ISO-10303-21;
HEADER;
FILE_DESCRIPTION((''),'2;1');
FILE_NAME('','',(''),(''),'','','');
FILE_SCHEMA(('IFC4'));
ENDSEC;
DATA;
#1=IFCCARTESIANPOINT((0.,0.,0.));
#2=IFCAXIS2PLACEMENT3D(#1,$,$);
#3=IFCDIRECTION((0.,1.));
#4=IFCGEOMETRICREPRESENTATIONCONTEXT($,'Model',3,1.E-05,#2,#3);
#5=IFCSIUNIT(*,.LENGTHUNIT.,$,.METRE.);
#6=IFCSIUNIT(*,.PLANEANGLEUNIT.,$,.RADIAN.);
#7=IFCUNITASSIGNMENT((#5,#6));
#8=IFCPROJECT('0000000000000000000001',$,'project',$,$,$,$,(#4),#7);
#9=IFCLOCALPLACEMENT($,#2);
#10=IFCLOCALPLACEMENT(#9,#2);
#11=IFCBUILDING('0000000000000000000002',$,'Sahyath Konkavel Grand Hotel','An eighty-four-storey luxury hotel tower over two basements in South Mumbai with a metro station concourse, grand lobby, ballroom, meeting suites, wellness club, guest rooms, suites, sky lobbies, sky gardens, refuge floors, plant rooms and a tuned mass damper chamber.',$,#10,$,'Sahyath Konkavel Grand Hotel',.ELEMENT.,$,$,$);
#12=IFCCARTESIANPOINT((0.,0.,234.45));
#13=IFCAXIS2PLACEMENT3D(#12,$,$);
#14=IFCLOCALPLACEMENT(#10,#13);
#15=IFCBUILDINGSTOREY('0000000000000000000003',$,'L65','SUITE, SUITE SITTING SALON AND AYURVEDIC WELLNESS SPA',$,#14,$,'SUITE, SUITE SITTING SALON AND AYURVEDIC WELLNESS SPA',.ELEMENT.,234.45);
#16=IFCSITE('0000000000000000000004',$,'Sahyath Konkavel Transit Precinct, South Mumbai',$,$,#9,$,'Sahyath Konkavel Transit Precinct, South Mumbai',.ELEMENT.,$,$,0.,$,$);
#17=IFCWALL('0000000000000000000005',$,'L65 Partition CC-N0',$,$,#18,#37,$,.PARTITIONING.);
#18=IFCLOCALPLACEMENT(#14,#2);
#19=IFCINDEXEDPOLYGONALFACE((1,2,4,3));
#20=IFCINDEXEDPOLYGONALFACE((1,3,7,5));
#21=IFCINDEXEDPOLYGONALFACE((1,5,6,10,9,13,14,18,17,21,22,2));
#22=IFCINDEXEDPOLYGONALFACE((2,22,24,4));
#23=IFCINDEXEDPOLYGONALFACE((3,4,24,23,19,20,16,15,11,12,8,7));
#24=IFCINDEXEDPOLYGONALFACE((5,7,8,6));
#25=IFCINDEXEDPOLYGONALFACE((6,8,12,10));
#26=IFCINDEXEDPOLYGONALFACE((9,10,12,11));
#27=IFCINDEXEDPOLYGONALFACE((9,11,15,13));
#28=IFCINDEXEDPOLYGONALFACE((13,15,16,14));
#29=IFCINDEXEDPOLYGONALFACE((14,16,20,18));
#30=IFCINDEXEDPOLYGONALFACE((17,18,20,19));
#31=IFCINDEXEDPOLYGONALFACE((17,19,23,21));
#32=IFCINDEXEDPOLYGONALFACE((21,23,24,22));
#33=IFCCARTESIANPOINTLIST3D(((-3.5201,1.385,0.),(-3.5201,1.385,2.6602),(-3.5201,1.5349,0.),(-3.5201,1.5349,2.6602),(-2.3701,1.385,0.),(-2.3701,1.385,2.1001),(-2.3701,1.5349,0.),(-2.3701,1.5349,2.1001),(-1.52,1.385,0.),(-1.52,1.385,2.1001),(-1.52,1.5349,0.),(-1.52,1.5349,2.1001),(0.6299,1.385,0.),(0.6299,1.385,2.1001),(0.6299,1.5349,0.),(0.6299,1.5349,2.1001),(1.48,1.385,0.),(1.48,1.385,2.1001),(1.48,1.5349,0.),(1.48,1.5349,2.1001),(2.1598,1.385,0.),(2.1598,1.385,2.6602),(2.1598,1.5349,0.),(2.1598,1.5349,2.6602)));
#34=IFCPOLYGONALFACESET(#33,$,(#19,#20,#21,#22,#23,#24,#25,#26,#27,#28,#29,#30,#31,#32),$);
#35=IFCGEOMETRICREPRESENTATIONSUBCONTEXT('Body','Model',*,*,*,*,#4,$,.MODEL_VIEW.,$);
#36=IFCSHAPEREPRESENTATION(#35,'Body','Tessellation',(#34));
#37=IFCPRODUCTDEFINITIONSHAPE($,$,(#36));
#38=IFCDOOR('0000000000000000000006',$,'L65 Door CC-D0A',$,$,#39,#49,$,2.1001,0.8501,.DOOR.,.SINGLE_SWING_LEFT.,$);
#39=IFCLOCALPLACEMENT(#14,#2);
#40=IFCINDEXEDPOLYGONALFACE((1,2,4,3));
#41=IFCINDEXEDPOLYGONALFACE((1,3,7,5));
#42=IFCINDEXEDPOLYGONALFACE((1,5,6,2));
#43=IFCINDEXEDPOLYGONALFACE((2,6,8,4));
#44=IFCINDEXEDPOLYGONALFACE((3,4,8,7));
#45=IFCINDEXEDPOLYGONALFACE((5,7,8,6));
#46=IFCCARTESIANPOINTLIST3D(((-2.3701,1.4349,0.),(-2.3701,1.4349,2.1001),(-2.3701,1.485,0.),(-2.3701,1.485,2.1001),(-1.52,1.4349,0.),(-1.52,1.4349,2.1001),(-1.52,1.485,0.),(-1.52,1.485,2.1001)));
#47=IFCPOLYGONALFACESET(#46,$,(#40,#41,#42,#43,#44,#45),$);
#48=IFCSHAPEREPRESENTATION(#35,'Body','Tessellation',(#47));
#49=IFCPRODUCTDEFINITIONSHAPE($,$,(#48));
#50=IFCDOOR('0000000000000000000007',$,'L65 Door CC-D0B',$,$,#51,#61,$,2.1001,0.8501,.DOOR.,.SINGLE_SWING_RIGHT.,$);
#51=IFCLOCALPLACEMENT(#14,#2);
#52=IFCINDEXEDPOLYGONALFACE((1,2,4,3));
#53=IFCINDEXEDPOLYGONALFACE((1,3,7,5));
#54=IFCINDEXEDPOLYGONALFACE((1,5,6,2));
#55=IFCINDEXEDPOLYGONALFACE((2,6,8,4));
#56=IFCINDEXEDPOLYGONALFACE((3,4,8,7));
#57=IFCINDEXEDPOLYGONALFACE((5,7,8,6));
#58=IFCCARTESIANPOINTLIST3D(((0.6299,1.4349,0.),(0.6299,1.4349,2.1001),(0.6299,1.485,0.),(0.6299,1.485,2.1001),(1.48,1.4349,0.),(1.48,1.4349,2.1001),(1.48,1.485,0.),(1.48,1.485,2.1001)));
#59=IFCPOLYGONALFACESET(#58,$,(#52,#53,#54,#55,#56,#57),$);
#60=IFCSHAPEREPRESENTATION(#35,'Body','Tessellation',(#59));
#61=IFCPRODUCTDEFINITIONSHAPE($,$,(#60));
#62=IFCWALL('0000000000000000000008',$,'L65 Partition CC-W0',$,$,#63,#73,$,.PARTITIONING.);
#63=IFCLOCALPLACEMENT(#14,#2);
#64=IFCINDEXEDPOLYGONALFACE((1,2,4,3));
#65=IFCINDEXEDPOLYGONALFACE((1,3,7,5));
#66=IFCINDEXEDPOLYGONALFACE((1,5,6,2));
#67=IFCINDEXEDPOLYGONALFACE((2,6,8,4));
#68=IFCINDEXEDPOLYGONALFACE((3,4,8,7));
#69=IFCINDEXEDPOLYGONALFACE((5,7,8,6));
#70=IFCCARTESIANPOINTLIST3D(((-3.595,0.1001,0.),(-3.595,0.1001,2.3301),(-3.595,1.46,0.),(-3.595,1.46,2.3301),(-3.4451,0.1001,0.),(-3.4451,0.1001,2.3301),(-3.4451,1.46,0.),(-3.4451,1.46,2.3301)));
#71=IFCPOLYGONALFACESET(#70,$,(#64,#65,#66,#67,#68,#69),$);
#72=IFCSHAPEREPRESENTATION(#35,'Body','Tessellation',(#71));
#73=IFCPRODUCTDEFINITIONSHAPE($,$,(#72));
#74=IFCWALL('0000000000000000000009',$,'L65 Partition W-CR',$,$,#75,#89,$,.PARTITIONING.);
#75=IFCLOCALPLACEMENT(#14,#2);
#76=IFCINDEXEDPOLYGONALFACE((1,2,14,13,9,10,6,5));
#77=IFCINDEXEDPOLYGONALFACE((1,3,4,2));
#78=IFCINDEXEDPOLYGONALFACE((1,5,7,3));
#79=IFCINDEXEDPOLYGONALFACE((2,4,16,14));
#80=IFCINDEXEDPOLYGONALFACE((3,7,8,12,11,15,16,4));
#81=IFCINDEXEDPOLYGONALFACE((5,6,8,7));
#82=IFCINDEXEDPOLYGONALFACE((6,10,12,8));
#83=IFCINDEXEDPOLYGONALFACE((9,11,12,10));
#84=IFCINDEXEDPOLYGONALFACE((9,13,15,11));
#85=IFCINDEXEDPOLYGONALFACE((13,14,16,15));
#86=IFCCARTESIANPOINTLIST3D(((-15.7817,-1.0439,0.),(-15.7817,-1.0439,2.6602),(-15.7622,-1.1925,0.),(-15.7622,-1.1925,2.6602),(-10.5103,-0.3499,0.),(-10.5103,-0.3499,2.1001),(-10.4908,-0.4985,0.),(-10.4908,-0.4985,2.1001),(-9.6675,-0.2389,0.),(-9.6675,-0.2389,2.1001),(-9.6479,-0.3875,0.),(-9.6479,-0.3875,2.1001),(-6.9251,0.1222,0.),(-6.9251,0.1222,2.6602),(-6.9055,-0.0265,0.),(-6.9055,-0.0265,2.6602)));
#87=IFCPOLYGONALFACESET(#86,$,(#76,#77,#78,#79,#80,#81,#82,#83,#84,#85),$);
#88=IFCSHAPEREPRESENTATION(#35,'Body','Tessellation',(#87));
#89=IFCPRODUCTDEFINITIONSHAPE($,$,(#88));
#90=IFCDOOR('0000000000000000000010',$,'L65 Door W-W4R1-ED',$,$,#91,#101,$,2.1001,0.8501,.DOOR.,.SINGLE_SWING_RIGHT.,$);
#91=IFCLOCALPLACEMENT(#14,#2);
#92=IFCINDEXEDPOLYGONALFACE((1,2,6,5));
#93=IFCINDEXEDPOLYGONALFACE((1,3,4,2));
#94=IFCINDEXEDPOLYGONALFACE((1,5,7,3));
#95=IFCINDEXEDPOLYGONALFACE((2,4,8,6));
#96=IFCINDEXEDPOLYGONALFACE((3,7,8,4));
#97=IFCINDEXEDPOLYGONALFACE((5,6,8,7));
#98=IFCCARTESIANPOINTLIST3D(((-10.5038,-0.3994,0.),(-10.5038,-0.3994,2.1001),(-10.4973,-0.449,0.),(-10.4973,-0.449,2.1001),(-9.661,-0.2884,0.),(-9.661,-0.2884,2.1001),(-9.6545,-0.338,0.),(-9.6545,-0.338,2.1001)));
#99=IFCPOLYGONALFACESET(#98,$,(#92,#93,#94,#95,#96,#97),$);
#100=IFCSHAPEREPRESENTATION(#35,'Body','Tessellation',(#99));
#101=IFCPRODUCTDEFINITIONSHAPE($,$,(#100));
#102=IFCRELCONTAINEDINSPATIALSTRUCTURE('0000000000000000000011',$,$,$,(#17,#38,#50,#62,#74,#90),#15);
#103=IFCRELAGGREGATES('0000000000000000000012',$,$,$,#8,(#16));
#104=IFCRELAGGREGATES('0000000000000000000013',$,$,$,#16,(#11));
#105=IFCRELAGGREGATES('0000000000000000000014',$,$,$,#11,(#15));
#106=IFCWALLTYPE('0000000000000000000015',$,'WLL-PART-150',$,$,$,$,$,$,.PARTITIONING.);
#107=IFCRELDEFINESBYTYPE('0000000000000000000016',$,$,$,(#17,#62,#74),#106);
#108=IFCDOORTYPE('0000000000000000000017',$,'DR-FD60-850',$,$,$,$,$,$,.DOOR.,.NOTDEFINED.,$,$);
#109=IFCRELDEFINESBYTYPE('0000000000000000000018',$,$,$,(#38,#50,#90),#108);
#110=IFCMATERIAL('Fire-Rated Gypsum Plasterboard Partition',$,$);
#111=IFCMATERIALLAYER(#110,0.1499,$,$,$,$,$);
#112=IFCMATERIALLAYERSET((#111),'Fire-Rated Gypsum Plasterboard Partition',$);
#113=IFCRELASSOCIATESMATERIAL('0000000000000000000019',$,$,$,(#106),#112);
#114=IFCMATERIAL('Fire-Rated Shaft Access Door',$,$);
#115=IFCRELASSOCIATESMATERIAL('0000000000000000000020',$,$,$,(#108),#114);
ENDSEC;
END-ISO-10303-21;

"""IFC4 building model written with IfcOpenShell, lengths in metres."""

from ifc_helpers import new_model, si_unit, direction, frame, frame_2d, origin, origin_2d, place, context, subcontext, project, spatial, rectangle, extrude, source, transform, mapped, material, layer, layer_set, type_object, element, fill, save


model = new_model("IFC4")

# Units and contexts
model_context = context("Model", 3, precision=1e-05, world=origin(), true_north=direction((0.0, 1.0)))
body_context = subcontext(model_context, "Body", "Model", "MODEL_VIEW")
ifc_project = project(units=[si_unit("LENGTHUNIT", "METRE"), si_unit("PLANEANGLEUNIT", "RADIAN")], contexts=[model_context])

# Site, building, storey
site_placement = place(None, origin())
site = spatial("IfcSite", under=ifc_project, at=site_placement, Name="Sahyath Konkavel Transit Precinct, South Mumbai", LongName="Sahyath Konkavel Transit Precinct, South Mumbai", CompositionType="ELEMENT", RefElevation=0.0)
building_placement = place(site_placement, origin())
building = spatial("IfcBuilding", under=site, at=building_placement, Name="Sahyath Konkavel Grand Hotel", Description="An eighty-four-storey luxury hotel tower over two basements in South Mumbai with a metro station concourse, grand lobby, ballroom, meeting suites, wellness club, guest rooms, suites, sky lobbies, sky gardens, refuge floors, plant rooms and a tuned mass damper chamber.", LongName="Sahyath Konkavel Grand Hotel", CompositionType="ELEMENT")
storey_placement = place(building_placement, frame((0.0, 0.0, 234.45)))
storey = spatial("IfcBuildingStorey", under=building, at=storey_placement, Name="L65", Description="SUITE, SUITE SITTING SALON AND AYURVEDIC WELLNESS SPA", LongName="SUITE, SUITE SITTING SALON AND AYURVEDIC WELLNESS SPA", CompositionType="ELEMENT", Elevation=234.45)

# Shared definitions
ifc_material_1 = material(Name="Fire-Rated Gypsum Plasterboard Partition")
ifc_layer_1 = layer(ifc_material_1, 0.1499)
ifc_layer_set_1 = layer_set([ifc_layer_1], Name="Fire-Rated Gypsum Plasterboard Partition")
wall_type_1 = type_object("IfcWallType", Name="WLL-PART-150", PredefinedType="PARTITIONING", material=ifc_layer_set_1)

# Wall, openings, doors
wall_1_placement = place(storey_placement, frame((-3.52, 1.46, 0.0), z_axis=(0.0, 0.0, 1.0), x_axis=(1.0, 0.0, 0.0)))
wall_1 = element("IfcWall", 1, at=wall_1_placement, inside=storey, type_object=wall_type_1, Name="L65 Partition CC-N0", PredefinedType="PARTITIONING", context=body_context, shape_type="SweptSolid", body=[
    extrude(rectangle(XDim=5.6799, YDim=0.1499, at=frame_2d((2.8398, 0.0))), origin(), (0.0, 0.0, 1.0), 2.6602),
])
opening_1_placement = place(wall_1_placement, frame((1.1499, 0.0, 0.0)))
opening_1 = element("IfcOpeningElement", 2, at=opening_1_placement, cuts=wall_1, PredefinedType="OPENING", context=body_context, shape_type="SweptSolid", body=[
    extrude(rectangle(XDim=0.8501, YDim=2.1001, at=frame_2d((0.425, 1.05))), frame((0.0, 0.085, 0.0), z_axis=(0.0, -1.0, 0.0), x_axis=(1.0, 0.0, 0.0)), (0.0, 0.0, 1.0), 0.1699),
])
opening_2_placement = place(wall_1_placement, frame((4.1499, 0.0, 0.0)))
opening_2 = element("IfcOpeningElement", 3, at=opening_2_placement, cuts=wall_1, PredefinedType="OPENING", context=body_context, shape_type="SweptSolid", body=[
    extrude(rectangle(XDim=0.8501, YDim=2.1001, at=frame_2d((0.425, 1.05))), frame((0.0, 0.085, 0.0), z_axis=(0.0, -1.0, 0.0), x_axis=(1.0, 0.0, 0.0)), (0.0, 0.0, 1.0), 0.1699),
])
ifc_material_2 = material(Name="Fire-Rated Shaft Access Door")
door_type_1 = type_object("IfcDoorType", Name="DR-FD60-850", OperationType="NOTDEFINED", PredefinedType="DOOR", material=ifc_material_2)
shared_shape_1 = source(origin(), body_context, "Body", "SweptSolid", [
    extrude(rectangle(XDim=0.8501, YDim=0.05, at=origin_2d()), origin(), (0.0, 0.0, 1.0), 2.1001),
])
door_1_placement = place(opening_1_placement, frame((0.425, 0.0, 0.0)))
door_1 = element("IfcDoor", 4, at=door_1_placement, inside=storey, type_object=door_type_1, Name="L65 Door CC-D0A", OperationType="SINGLE_SWING_LEFT", OverallHeight=2.1001, OverallWidth=0.8501, PredefinedType="DOOR", context=body_context, shape_type="MappedRepresentation", body=[
    mapped(shared_shape_1, transform((0.0, 0.0, 0.0), scale=1.0)),
])
fill(opening_1, door_1)
door_2_placement = place(opening_2_placement, frame((0.425, 0.0, 0.0)))
door_2 = element("IfcDoor", 5, at=door_2_placement, inside=storey, type_object=door_type_1, Name="L65 Door CC-D0B", OperationType="SINGLE_SWING_RIGHT", OverallHeight=2.1001, OverallWidth=0.8501, PredefinedType="DOOR", context=body_context, shape_type="MappedRepresentation", body=[
    mapped(shared_shape_1, transform((0.0, 0.0, 0.0), scale=1.0)),
])
fill(opening_2, door_2)

# Wall
wall_2_placement = place(storey_placement, frame((-3.52, 0.1001, 0.0), z_axis=(0.0, 0.0, 1.0), x_axis=(0.0, 1.0, 0.0)))
element("IfcWall", 6, at=wall_2_placement, inside=storey, type_object=wall_type_1, Name="L65 Partition CC-W0", PredefinedType="PARTITIONING", context=body_context, shape_type="SweptSolid", body=[
    extrude(rectangle(XDim=1.3599, YDim=0.1499, at=frame_2d((0.6799, 0.0))), origin(), (0.0, 0.0, 1.0), 2.3301),
])

# Wall, opening, door
wall_3_placement = place(storey_placement, frame((-6.9153, 0.0479, 0.0), z_axis=(0.0, 0.0, 1.0), x_axis=(-0.991445, -0.130527, 0.0)))
wall_3 = element("IfcWall", 7, at=wall_3_placement, inside=storey, type_object=wall_type_1, Name="L65 Partition W-CR", PredefinedType="PARTITIONING", context=body_context, shape_type="SweptSolid", body=[
    extrude(rectangle(XDim=8.9331, YDim=0.1499, at=frame_2d((4.4666, 0.0))), origin(), (0.0, 0.0, 1.0), 2.6602),
])
opening_3_placement = place(wall_3_placement, frame((2.7661, 0.0, 0.0)))
opening_3 = element("IfcOpeningElement", 8, at=opening_3_placement, cuts=wall_3, PredefinedType="OPENING", context=body_context, shape_type="SweptSolid", body=[
    extrude(rectangle(XDim=0.8501, YDim=2.1001, at=frame_2d((0.425, 1.05))), frame((0.0, 0.085, 0.0), z_axis=(0.0, -1.0, 0.0), x_axis=(1.0, 0.0, 0.0)), (0.0, 0.0, 1.0), 0.1699),
])
door_3_placement = place(opening_3_placement, frame((0.425, 0.0, 0.0)))
door_3 = element("IfcDoor", 9, at=door_3_placement, inside=storey, type_object=door_type_1, Name="L65 Door W-W4R1-ED", OperationType="SINGLE_SWING_RIGHT", OverallHeight=2.1001, OverallWidth=0.8501, PredefinedType="DOOR", context=body_context, shape_type="MappedRepresentation", body=[
    mapped(shared_shape_1, transform((0.0, 0.0, 0.0), scale=1.0)),
])
fill(opening_3, door_3)

save(model, "model.ifc")
